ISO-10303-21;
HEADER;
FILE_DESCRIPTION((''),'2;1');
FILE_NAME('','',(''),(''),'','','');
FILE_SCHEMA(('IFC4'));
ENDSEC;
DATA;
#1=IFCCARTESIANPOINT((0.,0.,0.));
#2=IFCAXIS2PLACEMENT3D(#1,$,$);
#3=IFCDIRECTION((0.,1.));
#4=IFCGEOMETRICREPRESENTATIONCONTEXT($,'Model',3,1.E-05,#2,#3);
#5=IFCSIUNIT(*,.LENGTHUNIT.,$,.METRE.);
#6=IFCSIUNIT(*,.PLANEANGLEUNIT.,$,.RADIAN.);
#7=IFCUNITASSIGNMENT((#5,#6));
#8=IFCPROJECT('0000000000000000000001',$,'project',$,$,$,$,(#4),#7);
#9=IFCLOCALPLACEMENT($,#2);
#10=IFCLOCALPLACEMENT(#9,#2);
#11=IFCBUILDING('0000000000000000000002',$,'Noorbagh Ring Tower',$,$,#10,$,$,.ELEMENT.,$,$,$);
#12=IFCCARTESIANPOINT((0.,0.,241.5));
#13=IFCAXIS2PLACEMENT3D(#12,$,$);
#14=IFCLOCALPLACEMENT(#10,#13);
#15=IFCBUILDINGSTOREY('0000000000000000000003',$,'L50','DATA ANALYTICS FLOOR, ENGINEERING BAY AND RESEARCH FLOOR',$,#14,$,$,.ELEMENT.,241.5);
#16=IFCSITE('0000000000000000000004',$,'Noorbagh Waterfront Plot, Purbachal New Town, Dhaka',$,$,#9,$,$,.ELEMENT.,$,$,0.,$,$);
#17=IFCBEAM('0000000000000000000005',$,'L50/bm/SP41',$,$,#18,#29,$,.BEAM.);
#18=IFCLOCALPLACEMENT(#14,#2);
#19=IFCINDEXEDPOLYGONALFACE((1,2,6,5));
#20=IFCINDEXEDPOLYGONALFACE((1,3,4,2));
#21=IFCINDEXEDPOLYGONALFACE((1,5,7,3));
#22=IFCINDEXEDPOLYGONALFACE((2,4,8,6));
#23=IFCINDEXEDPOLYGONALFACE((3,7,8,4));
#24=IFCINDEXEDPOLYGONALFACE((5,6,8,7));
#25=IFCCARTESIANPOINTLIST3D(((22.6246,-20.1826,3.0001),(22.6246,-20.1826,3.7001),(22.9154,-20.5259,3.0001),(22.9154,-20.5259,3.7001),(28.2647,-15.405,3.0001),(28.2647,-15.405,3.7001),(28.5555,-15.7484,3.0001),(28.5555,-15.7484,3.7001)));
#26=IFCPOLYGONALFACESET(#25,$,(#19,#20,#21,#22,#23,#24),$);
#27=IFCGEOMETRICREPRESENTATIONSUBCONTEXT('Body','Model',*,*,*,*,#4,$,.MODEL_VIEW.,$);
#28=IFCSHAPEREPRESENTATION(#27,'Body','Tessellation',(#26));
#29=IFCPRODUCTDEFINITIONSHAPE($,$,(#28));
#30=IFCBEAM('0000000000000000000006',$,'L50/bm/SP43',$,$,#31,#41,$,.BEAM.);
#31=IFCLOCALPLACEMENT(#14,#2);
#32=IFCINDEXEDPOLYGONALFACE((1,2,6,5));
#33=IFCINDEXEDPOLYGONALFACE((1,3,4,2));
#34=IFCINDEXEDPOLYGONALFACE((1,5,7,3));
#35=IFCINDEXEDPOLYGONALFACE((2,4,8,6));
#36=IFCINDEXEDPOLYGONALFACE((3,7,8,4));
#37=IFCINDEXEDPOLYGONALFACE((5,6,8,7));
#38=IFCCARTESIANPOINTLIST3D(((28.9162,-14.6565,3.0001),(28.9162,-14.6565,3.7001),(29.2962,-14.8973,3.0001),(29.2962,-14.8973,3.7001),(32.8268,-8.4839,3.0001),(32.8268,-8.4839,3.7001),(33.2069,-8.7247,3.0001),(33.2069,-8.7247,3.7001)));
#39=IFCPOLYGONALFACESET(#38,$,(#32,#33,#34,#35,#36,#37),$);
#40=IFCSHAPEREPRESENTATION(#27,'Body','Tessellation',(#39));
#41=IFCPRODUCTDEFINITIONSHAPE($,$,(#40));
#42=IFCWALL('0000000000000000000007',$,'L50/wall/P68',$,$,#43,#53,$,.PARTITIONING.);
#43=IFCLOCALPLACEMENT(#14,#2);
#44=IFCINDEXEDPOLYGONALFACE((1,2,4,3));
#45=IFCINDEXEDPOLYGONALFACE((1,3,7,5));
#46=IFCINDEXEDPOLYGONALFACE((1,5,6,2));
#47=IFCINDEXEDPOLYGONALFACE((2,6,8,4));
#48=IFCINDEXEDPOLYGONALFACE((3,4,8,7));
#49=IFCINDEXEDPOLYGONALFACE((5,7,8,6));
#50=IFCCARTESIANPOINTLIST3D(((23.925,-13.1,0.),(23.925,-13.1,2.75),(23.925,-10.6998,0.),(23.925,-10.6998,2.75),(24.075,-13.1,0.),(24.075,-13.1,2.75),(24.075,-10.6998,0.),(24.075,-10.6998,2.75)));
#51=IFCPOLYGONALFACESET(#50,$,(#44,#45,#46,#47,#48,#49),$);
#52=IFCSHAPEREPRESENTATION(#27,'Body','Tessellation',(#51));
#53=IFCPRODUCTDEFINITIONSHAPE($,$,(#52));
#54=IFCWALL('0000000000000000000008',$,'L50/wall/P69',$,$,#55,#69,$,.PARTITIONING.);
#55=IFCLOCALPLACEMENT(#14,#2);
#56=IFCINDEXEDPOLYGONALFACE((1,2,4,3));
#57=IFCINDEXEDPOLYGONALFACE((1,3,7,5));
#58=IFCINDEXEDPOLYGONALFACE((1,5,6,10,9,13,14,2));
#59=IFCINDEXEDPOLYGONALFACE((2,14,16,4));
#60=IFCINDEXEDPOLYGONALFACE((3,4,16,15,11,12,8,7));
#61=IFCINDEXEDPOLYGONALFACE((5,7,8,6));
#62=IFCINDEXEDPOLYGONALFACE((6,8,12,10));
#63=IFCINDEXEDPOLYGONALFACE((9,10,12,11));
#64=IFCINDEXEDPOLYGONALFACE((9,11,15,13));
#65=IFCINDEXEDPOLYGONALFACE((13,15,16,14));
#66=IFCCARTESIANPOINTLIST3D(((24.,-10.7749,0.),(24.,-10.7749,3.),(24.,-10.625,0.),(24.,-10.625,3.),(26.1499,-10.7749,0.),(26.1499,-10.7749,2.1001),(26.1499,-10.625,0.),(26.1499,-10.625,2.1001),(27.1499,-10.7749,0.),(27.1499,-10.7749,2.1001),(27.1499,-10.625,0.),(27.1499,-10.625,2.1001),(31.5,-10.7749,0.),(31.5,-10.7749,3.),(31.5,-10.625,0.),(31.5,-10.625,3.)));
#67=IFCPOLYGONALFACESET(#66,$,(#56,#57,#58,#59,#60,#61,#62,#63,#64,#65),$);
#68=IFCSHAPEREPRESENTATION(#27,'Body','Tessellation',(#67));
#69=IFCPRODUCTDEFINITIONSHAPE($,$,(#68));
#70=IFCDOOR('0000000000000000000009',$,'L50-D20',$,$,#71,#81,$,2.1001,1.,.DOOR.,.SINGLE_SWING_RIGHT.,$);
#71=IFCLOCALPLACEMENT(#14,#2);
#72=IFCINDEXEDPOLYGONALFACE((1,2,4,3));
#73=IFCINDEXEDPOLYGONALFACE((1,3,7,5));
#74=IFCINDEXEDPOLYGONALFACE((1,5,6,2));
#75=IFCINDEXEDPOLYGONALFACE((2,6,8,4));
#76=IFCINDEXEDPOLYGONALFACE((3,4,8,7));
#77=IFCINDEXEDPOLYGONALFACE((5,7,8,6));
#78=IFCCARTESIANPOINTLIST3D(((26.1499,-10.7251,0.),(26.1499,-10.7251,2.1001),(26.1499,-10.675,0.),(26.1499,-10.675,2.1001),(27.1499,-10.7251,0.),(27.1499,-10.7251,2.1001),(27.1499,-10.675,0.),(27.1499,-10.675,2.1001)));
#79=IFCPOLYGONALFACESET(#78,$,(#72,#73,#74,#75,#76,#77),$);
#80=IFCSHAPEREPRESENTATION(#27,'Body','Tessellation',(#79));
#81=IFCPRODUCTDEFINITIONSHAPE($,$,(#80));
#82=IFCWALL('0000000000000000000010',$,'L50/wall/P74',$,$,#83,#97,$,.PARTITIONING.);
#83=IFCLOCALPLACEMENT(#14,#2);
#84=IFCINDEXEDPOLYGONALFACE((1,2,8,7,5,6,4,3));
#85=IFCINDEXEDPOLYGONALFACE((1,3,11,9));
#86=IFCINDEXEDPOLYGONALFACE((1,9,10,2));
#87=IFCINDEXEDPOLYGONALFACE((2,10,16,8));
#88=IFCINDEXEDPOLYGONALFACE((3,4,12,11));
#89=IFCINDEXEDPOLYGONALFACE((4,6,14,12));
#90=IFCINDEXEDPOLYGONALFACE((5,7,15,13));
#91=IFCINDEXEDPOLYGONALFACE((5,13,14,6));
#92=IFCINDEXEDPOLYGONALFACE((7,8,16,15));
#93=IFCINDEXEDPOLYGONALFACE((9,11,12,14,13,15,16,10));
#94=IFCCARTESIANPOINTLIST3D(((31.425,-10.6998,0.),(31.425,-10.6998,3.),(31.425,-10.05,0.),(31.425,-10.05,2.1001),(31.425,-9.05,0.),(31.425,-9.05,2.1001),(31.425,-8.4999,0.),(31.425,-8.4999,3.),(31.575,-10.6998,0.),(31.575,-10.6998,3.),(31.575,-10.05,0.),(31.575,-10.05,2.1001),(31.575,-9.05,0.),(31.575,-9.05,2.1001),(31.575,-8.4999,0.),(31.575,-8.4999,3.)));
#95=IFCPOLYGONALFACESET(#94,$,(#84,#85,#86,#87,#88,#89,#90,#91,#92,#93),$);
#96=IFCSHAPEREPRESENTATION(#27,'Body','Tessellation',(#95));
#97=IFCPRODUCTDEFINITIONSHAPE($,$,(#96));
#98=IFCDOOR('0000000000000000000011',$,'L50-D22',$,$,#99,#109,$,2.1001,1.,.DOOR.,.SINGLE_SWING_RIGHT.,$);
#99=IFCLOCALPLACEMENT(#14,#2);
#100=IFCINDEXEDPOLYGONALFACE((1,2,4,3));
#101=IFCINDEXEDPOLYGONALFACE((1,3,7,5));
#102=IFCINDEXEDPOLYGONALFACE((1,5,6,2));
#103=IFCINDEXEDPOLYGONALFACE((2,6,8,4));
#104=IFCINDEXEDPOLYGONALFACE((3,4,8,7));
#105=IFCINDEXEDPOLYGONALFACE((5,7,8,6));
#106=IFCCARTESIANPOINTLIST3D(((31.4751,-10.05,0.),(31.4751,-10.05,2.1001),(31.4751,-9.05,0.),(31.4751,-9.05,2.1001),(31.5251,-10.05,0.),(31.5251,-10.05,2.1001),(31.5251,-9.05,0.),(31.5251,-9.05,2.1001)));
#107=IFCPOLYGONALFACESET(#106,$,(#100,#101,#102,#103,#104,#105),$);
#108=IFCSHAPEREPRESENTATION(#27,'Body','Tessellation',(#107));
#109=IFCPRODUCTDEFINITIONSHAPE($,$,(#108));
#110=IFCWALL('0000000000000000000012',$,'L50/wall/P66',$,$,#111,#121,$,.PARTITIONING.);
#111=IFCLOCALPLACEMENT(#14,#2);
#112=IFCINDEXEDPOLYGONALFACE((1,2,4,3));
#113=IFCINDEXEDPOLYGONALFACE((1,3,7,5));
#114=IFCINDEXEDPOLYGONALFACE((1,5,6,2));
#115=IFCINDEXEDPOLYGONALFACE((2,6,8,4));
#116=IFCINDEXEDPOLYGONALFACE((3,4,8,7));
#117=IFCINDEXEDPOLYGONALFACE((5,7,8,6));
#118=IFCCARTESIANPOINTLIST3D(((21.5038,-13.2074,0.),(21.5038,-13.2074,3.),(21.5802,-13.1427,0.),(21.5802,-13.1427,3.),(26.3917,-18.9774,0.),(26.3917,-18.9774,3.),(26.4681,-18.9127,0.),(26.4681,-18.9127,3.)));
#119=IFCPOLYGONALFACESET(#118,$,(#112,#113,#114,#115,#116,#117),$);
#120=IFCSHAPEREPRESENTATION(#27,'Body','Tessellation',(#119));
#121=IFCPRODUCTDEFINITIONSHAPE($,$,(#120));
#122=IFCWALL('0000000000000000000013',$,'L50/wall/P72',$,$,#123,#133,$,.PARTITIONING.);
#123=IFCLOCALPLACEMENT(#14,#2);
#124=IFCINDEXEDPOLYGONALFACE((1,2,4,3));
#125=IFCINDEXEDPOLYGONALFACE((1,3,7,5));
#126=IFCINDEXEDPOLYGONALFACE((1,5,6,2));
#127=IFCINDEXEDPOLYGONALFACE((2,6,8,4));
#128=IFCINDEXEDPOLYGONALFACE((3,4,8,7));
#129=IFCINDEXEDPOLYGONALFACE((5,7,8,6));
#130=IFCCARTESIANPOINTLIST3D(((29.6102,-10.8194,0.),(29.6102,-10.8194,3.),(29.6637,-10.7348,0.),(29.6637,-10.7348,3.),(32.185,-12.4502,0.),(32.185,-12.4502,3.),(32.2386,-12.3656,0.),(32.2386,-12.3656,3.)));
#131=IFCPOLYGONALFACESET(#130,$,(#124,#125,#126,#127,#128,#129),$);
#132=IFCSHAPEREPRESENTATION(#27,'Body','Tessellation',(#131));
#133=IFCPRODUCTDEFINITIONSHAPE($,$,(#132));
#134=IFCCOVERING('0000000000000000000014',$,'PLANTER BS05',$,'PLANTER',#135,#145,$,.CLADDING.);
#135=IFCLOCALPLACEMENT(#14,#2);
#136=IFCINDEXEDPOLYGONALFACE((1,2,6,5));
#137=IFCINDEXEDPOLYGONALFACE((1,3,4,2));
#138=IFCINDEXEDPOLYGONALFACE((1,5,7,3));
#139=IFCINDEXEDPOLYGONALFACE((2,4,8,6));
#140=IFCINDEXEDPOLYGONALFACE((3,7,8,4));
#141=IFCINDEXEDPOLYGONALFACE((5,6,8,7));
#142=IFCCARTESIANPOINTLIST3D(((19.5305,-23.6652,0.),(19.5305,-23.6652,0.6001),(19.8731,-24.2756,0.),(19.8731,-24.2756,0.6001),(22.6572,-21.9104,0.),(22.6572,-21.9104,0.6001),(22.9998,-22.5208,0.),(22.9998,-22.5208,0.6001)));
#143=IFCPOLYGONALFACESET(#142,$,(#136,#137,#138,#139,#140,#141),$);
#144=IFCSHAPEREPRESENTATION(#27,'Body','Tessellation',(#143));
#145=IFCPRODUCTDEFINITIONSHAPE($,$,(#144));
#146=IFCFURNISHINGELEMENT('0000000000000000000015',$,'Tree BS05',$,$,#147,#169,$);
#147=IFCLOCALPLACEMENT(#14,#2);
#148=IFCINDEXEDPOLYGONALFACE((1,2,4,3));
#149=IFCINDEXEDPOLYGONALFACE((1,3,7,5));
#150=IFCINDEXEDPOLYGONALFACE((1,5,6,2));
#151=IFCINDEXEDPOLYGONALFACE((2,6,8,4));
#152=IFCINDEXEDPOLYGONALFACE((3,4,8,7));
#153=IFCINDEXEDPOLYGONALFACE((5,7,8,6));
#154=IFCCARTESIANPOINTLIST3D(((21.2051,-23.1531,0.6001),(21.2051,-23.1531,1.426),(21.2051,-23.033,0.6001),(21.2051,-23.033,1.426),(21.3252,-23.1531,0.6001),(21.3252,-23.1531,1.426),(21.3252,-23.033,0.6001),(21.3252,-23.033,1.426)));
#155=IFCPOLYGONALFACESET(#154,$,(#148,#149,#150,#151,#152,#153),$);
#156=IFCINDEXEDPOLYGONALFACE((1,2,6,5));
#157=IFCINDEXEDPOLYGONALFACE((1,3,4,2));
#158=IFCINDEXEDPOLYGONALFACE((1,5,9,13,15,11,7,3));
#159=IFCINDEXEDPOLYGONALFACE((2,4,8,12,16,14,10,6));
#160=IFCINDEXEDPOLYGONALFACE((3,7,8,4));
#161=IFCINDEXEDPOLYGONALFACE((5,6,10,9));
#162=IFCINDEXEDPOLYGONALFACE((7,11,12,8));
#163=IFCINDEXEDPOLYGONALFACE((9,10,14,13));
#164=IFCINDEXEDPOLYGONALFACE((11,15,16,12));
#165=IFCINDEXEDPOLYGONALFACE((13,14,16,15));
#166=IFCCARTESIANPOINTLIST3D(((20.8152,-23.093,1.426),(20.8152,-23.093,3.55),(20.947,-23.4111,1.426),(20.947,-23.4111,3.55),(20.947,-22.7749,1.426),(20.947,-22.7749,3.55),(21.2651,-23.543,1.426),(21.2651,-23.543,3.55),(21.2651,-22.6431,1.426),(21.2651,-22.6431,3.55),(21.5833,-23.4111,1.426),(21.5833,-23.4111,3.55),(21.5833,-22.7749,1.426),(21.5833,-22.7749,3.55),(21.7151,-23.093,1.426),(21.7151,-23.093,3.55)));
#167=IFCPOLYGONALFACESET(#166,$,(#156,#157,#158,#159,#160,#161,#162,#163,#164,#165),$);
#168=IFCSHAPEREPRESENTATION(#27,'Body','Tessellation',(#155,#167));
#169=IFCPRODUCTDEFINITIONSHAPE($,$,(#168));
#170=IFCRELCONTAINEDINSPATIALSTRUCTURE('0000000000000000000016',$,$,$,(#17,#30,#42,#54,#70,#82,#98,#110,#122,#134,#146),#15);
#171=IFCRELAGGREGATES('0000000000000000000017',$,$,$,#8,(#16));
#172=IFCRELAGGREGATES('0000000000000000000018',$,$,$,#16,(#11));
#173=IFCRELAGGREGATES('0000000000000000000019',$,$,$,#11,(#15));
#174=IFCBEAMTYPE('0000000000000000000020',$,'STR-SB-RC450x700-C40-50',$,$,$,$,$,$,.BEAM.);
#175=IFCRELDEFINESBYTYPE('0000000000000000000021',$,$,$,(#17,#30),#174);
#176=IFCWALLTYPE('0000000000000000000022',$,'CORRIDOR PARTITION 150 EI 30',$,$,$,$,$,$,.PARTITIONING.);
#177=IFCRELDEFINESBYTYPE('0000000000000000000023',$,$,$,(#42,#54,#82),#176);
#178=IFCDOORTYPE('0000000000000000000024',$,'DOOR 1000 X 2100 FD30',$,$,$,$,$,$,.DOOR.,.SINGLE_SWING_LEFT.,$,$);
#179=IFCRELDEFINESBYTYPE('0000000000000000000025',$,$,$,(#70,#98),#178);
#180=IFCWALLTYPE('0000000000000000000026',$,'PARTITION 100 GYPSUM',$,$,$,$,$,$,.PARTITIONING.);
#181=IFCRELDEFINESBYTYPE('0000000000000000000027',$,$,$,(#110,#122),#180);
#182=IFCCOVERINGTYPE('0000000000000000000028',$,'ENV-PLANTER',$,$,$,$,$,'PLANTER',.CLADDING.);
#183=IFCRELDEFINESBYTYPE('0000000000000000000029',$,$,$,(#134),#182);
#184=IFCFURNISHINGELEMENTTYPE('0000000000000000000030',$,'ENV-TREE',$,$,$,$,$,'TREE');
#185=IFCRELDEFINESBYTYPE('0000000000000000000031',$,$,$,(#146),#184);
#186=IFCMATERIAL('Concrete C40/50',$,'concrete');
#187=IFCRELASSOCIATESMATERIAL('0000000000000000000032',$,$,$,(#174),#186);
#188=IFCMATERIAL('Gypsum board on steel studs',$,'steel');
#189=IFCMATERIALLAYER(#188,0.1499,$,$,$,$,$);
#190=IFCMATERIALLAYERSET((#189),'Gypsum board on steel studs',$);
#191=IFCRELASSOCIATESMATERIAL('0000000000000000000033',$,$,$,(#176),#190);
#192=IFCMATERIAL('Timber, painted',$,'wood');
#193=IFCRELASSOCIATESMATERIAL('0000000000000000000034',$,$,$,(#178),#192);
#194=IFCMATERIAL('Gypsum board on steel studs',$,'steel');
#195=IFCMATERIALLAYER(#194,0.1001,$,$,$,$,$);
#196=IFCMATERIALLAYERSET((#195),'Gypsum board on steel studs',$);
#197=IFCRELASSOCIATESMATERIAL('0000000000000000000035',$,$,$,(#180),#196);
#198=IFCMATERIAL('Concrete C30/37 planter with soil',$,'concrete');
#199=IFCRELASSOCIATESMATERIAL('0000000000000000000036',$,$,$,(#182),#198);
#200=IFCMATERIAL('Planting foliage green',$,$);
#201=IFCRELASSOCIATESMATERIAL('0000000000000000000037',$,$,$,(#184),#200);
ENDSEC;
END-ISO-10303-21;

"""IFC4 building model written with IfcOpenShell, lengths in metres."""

from ifc_helpers import new_model, si_unit, direction, frame, frame_2d, origin, origin_2d, place, context, subcontext, project, spatial, polyline, rectangle, outline, extrude, material, layer, layer_set, material_profile, profile_set, type_object, element, fill, save


model = new_model("IFC4")

# Units and contexts
model_context = context("Model", 3, precision=1e-05, world=origin(), true_north=direction((0.0, 1.0)))
body_context = subcontext(model_context, "Body", "Model", "MODEL_VIEW")
ifc_project = project(units=[si_unit("LENGTHUNIT", "METRE"), si_unit("PLANEANGLEUNIT", "RADIAN")], contexts=[model_context])

# Site, building, storey
site_placement = place(None, origin())
site = spatial("IfcSite", under=ifc_project, at=site_placement, Name="Noorbagh Waterfront Plot, Purbachal New Town, Dhaka", CompositionType="ELEMENT", RefElevation=0.0)
building_placement = place(site_placement, origin())
building = spatial("IfcBuilding", under=site, at=building_placement, Name="Noorbagh Ring Tower", CompositionType="ELEMENT")
storey_placement = place(building_placement, frame((0.0, 0.0, 241.5)))
storey = spatial("IfcBuildingStorey", under=building, at=storey_placement, Name="L50", Description="DATA ANALYTICS FLOOR, ENGINEERING BAY AND RESEARCH FLOOR", CompositionType="ELEMENT", Elevation=241.5)

# Beams
ifc_material_1 = material(Name="Concrete C40/50", Category="concrete")
ifc_material_profile_1 = material_profile(ifc_material_1, rectangle(XDim=0.45, YDim=0.7, at=origin_2d()), Name="RC450x700")
ifc_profile_set_1 = profile_set([ifc_material_profile_1], Name="Concrete C40/50")
beam_type_1 = type_object("IfcBeamType", Name="STR-SB-RC450x700-C40-50", PredefinedType="BEAM", material=ifc_profile_set_1)
beam_1_placement = place(storey_placement, frame((22.77, -20.3542, 3.3501), z_axis=(0.763042, 0.646349, 0.0), x_axis=(-0.646349, 0.763042, 0.0)))
element("IfcBeam", 1, at=beam_1_placement, inside=storey, type_object=beam_type_1, Name="L50/bm/SP41", PredefinedType="BEAM", context=body_context, shape_type="SweptSolid", body=[
    extrude(rectangle(XDim=0.45, YDim=0.7, at=origin_2d()), origin(), (0.0, 0.0, 1.0), 7.3916),
])
beam_2_placement = place(storey_placement, frame((29.1062, -14.7769, 3.3501), z_axis=(0.535182, 0.844737, 0.0), x_axis=(-0.844737, 0.535182, 0.0)))
element("IfcBeam", 2, at=beam_2_placement, inside=storey, type_object=beam_type_1, Name="L50/bm/SP43", PredefinedType="BEAM", context=body_context, shape_type="SweptSolid", body=[
    extrude(rectangle(XDim=0.45, YDim=0.7, at=origin_2d()), origin(), (0.0, 0.0, 1.0), 7.3071),
])

# Wall
ifc_material_2 = material(Name="Gypsum board on steel studs", Category="steel")
ifc_layer_1 = layer(ifc_material_2, 0.1499)
ifc_layer_set_1 = layer_set([ifc_layer_1], Name="Gypsum board on steel studs")
wall_type_1 = type_object("IfcWallType", Name="CORRIDOR PARTITION 150 EI 30", PredefinedType="PARTITIONING", material=ifc_layer_set_1)
wall_1_placement = place(storey_placement, frame((24.0, -13.1001, 0.0), z_axis=(0.0, 0.0, 1.0), x_axis=(0.0, 1.0, 0.0)))
element("IfcWall", 3, at=wall_1_placement, inside=storey, type_object=wall_type_1, Name="L50/wall/P68", PredefinedType="PARTITIONING", context=body_context, shape_type="SweptSolid", body=[
    extrude(rectangle(XDim=2.4001, YDim=0.1499, at=frame_2d((1.2002, 0.0))), origin(), (0.0, 0.0, 1.0), 2.75),
])

# Walls, openings, doors
wall_2_placement = place(storey_placement, frame((24.0, -10.7, 0.0), z_axis=(0.0, 0.0, 1.0), x_axis=(1.0, 0.0, 0.0)))
wall_2 = element("IfcWall", 4, at=wall_2_placement, inside=storey, type_object=wall_type_1, Name="L50/wall/P69", PredefinedType="PARTITIONING", context=body_context, shape_type="SweptSolid", body=[
    extrude(rectangle(XDim=7.5, YDim=0.1499, at=frame_2d((3.75, 0.0))), origin(), (0.0, 0.0, 1.0), 3.0),
])
opening_1_placement = place(wall_2_placement, frame((2.1499, 0.0, 0.0)))
opening_1 = element("IfcOpeningElement", 5, at=opening_1_placement, cuts=wall_2, PredefinedType="OPENING", context=body_context, shape_type="SweptSolid", body=[
    extrude(rectangle(XDim=1.0, YDim=2.1001, at=frame_2d((0.5, 1.05))), frame((0.0, 0.085, 0.0), z_axis=(0.0, -1.0, 0.0), x_axis=(1.0, 0.0, 0.0)), (0.0, 0.0, 1.0), 0.1699),
])
ifc_material_3 = material(Name="Timber, painted", Category="wood")
door_type = type_object("IfcDoorType", Name="DOOR 1000 X 2100 FD30", OperationType="SINGLE_SWING_LEFT", PredefinedType="DOOR", material=ifc_material_3)
door_1_placement = place(opening_1_placement, origin())
door_1 = element("IfcDoor", 6, at=door_1_placement, inside=storey, type_object=door_type, Name="L50-D20", OperationType="SINGLE_SWING_RIGHT", OverallHeight=2.1001, OverallWidth=1.0, PredefinedType="DOOR", context=body_context, shape_type="SweptSolid", body=[
    extrude(rectangle(XDim=1.0, YDim=2.1001, at=frame_2d((0.5, 1.05))), frame((0.0, 0.0249, 0.0), z_axis=(0.0, -1.0, 0.0), x_axis=(1.0, 0.0, 0.0)), (0.0, 0.0, 1.0), 0.05),
])
fill(opening_1, door_1)
wall_3_placement = place(storey_placement, frame((31.5, -10.7, 0.0), z_axis=(0.0, 0.0, 1.0), x_axis=(0.0, 1.0, 0.0)))
wall_3 = element("IfcWall", 7, at=wall_3_placement, inside=storey, type_object=wall_type_1, Name="L50/wall/P74", PredefinedType="PARTITIONING", context=body_context, shape_type="SweptSolid", body=[
    extrude(rectangle(XDim=2.2, YDim=0.1499, at=frame_2d((1.1001, 0.0))), origin(), (0.0, 0.0, 1.0), 3.0),
])
opening_2_placement = place(wall_3_placement, frame((0.6499, 0.0, 0.0)))
opening_2 = element("IfcOpeningElement", 8, at=opening_2_placement, cuts=wall_3, PredefinedType="OPENING", context=body_context, shape_type="SweptSolid", body=[
    extrude(rectangle(XDim=1.0, YDim=2.1001, at=frame_2d((0.5, 1.05))), frame((0.0, 0.085, 0.0), z_axis=(0.0, -1.0, 0.0), x_axis=(1.0, 0.0, 0.0)), (0.0, 0.0, 1.0), 0.1699),
])
door_2_placement = place(opening_2_placement, origin())
door_2 = element("IfcDoor", 9, at=door_2_placement, inside=storey, type_object=door_type, Name="L50-D22", OperationType="SINGLE_SWING_RIGHT", OverallHeight=2.1001, OverallWidth=1.0, PredefinedType="DOOR", context=body_context, shape_type="SweptSolid", body=[
    extrude(rectangle(XDim=1.0, YDim=2.1001, at=frame_2d((0.5, 1.05))), frame((0.0, 0.0249, 0.0), z_axis=(0.0, -1.0, 0.0), x_axis=(1.0, 0.0, 0.0)), (0.0, 0.0, 1.0), 0.05),
])
fill(opening_2, door_2)

# Walls
ifc_material_4 = material(Name="Gypsum board on steel studs", Category="steel")
ifc_layer_2 = layer(ifc_material_4, 0.1001)
ifc_layer_set_2 = layer_set([ifc_layer_2], Name="Gypsum board on steel studs")
wall_type_2 = type_object("IfcWallType", Name="PARTITION 100 GYPSUM", PredefinedType="PARTITIONING", material=ifc_layer_set_2)
wall_4_placement = place(storey_placement, frame((21.542, -13.175, 0.0), z_axis=(0.0, 0.0, 1.0), x_axis=(0.646375, -0.76302, 0.0)))
element("IfcWall", 10, at=wall_4_placement, inside=storey, type_object=wall_type_2, Name="L50/wall/P66", PredefinedType="PARTITIONING", context=body_context, shape_type="SweptSolid", body=[
    extrude(rectangle(XDim=7.562, YDim=0.1001, at=frame_2d((3.781, 0.0))), origin(), (0.0, 0.0, 1.0), 3.0),
])
wall_5_placement = place(storey_placement, frame((29.637, -10.7771, 0.0), z_axis=(0.0, 0.0, 1.0), x_axis=(0.844811, -0.535065, 0.0)))
element("IfcWall", 11, at=wall_5_placement, inside=storey, type_object=wall_type_2, Name="L50/wall/P72", PredefinedType="PARTITIONING", context=body_context, shape_type="SweptSolid", body=[
    extrude(rectangle(XDim=3.0479, YDim=0.1001, at=frame_2d((1.5239, 0.0))), origin(), (0.0, 0.0, 1.0), 3.0),
])

# Covering
ifc_material_5 = material(Name="Concrete C30/37 planter with soil", Category="concrete")
covering_type = type_object("IfcCoveringType", Name="ENV-PLANTER", ElementType="PLANTER", PredefinedType="CLADDING", material=ifc_material_5)
covering_placement = place(storey_placement, frame((21.2651, -23.093, 0.0), z_axis=(0.0, 0.0, 1.0), x_axis=(0.872045, 0.489426, 0.0)))
element("IfcCovering", 12, at=covering_placement, inside=storey, type_object=covering_type, Name="PLANTER BS05", ObjectType="PLANTER", PredefinedType="CLADDING", context=body_context, shape_type="SweptSolid", body=[
    extrude(rectangle(XDim=3.5854, YDim=0.7, at=origin_2d()), origin(), (0.0, 0.0, 1.0), 0.6001),
])

# Furnishing element
ifc_material_6 = material(Name="Planting foliage green")
furnishing_element_type = type_object("IfcFurnishingElementType", Name="ENV-TREE", ElementType="TREE", material=ifc_material_6)
furnishing_placement = place(storey_placement, frame((21.2651, -23.093, 0.6001), z_axis=(0.0, 0.0, 1.0), x_axis=(1.0, 0.0, 0.0)))
element("IfcFurnishingElement", 13, at=furnishing_placement, inside=storey, type_object=furnishing_element_type, Name="Tree BS05", context=body_context, shape_type="SweptSolid", body=[
    extrude(rectangle(XDim=0.1201, YDim=0.1201, at=origin_2d()), origin(), (0.0, 0.0, 1.0), 0.8259),
    extrude(outline(polyline([(0.45, 0.0), (0.3181, 0.3181), (0.0, 0.45), (-0.3181, 0.3181), (-0.45, 0.0), (-0.3181, -0.3181), (0.0, -0.45), (0.3181, -0.3181), (0.45, 0.0)])), frame((0.0, 0.0, 0.8259)), (0.0, 0.0, 1.0), 2.124),
])

save(model, "model.ifc")
